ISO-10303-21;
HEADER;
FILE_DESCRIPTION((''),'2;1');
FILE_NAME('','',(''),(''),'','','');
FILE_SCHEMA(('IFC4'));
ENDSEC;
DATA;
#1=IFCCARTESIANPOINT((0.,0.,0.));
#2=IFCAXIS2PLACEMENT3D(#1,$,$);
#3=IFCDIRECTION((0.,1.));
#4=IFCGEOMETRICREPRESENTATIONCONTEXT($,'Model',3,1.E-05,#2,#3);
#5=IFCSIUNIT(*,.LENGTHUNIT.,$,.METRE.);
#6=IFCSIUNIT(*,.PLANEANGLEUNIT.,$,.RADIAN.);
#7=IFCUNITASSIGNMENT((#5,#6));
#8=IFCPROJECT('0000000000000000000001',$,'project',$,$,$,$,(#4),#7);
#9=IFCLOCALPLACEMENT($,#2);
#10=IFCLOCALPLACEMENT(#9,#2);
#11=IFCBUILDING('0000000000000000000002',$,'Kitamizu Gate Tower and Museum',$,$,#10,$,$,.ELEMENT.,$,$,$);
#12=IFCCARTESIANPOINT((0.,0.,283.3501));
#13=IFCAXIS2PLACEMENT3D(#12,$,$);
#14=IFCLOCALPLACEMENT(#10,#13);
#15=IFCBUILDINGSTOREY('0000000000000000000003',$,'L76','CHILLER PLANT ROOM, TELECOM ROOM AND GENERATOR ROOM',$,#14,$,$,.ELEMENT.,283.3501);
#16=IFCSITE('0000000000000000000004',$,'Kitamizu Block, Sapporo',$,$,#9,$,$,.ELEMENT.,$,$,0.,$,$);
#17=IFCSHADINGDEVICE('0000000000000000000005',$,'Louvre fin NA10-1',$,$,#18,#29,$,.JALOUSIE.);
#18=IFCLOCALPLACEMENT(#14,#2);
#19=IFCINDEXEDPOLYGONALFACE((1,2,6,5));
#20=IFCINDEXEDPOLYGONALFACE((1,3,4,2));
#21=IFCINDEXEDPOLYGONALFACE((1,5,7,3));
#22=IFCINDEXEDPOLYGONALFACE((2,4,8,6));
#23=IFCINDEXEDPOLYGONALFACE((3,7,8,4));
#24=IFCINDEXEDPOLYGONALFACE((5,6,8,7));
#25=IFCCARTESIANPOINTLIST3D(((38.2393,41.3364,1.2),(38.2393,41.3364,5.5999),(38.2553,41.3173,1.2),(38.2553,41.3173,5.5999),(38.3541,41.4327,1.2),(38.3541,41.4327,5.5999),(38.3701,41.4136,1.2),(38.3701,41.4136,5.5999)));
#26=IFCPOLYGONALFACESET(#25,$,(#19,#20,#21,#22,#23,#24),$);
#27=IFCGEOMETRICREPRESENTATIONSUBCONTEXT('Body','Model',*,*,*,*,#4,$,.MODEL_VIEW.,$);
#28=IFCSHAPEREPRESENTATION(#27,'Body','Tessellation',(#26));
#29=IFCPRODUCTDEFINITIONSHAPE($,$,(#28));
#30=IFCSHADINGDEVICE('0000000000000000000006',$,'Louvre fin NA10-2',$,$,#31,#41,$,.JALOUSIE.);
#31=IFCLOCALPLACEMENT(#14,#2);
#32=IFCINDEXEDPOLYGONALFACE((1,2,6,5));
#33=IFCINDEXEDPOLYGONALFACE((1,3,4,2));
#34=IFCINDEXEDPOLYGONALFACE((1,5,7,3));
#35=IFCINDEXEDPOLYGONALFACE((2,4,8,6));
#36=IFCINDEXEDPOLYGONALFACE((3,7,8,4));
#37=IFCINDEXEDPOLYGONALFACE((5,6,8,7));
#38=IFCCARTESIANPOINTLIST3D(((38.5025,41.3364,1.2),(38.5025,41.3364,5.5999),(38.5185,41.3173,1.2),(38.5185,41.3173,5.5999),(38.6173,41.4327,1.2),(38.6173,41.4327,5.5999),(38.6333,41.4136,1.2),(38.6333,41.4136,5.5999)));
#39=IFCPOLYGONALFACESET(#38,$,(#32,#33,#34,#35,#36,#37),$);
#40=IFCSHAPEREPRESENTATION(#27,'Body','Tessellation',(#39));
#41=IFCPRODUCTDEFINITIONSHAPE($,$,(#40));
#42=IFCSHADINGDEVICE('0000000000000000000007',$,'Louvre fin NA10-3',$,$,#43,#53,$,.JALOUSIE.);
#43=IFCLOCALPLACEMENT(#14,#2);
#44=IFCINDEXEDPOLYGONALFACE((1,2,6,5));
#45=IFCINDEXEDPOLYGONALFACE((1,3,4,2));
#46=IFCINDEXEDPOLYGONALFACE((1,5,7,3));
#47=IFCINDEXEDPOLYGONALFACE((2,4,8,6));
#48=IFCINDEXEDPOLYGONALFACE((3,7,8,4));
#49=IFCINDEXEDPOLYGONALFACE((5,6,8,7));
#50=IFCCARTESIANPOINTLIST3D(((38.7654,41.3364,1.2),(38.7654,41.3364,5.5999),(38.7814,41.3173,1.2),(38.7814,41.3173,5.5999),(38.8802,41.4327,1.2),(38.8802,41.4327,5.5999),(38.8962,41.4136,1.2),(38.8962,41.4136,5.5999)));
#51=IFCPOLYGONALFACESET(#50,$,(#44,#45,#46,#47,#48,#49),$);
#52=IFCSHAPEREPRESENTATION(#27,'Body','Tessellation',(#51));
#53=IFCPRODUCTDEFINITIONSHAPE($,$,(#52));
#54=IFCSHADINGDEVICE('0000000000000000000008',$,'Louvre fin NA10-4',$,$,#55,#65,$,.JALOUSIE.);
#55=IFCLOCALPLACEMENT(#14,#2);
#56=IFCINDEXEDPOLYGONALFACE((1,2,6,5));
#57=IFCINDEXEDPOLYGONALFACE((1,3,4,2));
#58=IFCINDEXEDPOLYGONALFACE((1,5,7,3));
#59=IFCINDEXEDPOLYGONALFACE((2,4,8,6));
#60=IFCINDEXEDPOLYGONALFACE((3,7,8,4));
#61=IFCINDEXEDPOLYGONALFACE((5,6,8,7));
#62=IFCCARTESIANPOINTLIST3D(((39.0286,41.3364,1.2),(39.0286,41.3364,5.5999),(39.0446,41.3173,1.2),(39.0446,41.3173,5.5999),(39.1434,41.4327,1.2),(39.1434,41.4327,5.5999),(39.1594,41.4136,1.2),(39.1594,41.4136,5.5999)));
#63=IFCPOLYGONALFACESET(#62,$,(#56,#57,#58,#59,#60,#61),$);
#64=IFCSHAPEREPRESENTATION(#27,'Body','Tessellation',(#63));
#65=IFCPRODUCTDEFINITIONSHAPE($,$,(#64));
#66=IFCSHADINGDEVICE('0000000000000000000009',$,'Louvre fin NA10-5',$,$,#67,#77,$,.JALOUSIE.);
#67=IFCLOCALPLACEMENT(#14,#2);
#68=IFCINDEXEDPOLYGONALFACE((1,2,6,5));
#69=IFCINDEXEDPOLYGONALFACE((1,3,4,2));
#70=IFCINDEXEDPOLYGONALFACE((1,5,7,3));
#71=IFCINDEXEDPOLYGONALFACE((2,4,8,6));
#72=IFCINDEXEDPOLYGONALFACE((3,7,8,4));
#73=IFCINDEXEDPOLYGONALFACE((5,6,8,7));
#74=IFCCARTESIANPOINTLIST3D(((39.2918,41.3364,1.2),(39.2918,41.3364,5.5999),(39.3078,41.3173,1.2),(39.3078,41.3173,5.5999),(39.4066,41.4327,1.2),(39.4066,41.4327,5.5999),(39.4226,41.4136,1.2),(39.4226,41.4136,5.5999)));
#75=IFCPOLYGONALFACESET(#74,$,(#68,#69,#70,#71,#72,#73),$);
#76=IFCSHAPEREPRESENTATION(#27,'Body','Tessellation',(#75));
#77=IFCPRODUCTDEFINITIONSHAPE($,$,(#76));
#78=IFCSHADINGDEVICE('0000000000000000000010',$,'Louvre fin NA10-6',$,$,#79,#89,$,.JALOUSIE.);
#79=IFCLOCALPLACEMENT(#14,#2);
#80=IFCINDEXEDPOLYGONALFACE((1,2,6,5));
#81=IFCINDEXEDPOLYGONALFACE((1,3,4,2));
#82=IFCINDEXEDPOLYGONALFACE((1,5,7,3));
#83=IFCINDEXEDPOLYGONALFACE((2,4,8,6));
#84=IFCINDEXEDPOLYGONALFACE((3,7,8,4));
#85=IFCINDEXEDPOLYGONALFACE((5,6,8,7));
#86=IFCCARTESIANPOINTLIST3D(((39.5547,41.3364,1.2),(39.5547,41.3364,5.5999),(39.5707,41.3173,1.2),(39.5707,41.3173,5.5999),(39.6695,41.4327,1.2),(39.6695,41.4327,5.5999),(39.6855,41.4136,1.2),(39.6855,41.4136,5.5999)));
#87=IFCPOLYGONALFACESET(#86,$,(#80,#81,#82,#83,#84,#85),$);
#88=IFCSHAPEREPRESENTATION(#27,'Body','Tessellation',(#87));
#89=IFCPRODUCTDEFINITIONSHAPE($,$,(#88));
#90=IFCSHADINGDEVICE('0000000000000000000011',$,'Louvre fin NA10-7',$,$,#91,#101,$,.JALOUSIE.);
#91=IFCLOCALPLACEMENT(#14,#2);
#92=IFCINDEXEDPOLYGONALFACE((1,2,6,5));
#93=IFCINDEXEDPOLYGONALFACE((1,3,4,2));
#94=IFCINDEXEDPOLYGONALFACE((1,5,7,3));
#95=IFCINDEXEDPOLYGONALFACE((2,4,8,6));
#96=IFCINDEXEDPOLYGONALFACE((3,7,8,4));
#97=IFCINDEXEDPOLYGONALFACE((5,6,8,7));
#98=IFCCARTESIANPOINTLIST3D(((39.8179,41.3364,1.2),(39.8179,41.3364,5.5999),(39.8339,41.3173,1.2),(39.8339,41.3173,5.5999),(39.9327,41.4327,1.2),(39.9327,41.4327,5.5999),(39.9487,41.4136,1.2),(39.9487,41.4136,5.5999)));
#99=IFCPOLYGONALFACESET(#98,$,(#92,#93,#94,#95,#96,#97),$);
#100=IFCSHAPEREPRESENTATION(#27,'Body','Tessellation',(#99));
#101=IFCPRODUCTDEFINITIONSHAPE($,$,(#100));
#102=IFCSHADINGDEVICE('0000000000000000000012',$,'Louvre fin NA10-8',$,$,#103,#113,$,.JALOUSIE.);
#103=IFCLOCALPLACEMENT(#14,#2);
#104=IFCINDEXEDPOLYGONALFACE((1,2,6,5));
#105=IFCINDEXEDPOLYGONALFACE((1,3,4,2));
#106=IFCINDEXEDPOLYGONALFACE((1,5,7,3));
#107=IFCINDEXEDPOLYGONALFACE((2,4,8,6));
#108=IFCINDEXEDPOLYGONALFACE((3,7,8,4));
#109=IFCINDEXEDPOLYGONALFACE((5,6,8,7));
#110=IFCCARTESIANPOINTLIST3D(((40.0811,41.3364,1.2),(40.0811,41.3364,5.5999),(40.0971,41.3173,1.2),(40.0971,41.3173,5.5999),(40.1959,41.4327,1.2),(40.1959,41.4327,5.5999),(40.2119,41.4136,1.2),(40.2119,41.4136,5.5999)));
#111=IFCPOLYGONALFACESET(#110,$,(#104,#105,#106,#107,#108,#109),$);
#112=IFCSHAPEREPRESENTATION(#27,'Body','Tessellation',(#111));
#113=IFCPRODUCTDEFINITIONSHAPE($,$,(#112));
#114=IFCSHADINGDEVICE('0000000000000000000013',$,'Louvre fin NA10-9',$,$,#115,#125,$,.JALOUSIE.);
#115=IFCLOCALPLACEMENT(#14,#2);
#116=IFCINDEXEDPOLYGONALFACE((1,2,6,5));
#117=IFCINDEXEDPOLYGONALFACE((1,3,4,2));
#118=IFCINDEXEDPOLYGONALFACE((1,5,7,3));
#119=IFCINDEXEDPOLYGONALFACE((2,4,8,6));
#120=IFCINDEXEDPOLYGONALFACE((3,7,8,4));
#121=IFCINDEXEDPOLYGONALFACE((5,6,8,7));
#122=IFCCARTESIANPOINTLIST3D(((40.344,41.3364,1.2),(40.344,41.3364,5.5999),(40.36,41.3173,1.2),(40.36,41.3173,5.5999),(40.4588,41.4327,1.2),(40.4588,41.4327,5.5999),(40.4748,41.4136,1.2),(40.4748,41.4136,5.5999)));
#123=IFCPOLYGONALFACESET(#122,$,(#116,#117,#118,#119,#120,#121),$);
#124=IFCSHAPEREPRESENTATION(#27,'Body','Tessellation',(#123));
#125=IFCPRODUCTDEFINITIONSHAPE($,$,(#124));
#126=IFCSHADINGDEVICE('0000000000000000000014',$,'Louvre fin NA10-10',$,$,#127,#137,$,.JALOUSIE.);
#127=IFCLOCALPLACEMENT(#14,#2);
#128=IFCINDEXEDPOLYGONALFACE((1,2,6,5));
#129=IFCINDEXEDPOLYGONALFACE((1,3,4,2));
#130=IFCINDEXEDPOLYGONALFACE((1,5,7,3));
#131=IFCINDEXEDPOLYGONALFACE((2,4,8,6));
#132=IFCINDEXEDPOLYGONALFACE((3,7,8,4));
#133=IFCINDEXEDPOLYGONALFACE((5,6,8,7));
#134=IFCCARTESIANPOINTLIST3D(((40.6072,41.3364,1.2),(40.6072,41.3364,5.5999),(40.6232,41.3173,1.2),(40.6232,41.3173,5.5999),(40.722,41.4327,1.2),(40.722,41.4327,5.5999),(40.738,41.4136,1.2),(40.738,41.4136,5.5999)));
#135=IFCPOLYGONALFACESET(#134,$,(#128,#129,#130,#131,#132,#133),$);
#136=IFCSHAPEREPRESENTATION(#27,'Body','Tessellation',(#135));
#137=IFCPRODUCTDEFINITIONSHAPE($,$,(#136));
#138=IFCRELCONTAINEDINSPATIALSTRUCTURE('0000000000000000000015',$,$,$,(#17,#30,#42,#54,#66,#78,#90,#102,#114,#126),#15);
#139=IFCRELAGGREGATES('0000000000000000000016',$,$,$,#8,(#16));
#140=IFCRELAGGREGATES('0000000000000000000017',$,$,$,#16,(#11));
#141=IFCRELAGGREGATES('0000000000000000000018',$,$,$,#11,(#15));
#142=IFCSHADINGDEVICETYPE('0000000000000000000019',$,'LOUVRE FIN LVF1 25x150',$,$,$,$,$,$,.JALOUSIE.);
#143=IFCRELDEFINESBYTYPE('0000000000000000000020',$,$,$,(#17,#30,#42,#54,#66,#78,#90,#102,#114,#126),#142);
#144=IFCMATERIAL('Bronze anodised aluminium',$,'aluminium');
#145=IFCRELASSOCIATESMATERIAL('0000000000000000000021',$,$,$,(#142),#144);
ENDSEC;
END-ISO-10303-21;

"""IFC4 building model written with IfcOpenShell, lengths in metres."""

from ifc_helpers import new_model, si_unit, direction, frame, origin, origin_2d, place, context, subcontext, project, spatial, rectangle, extrude, material, material_profile, profile_set, type_object, element, save


model = new_model("IFC4")

# Units and contexts
model_context = context("Model", 3, precision=1e-05, world=origin(), true_north=direction((0.0, 1.0)))
body_context = subcontext(model_context, "Body", "Model", "MODEL_VIEW")
ifc_project = project(units=[si_unit("LENGTHUNIT", "METRE"), si_unit("PLANEANGLEUNIT", "RADIAN")], contexts=[model_context])

# Site, building, storey
site_placement = place(None, origin())
site = spatial("IfcSite", under=ifc_project, at=site_placement, Name="Kitamizu Block, Sapporo", CompositionType="ELEMENT", RefElevation=0.0)
building_placement = place(site_placement, origin())
building = spatial("IfcBuilding", under=site, at=building_placement, Name="Kitamizu Gate Tower and Museum", CompositionType="ELEMENT")
storey_placement = place(building_placement, frame((0.0, 0.0, 283.3501)))
storey = spatial("IfcBuildingStorey", under=building, at=storey_placement, Name="L76", Description="CHILLER PLANT ROOM, TELECOM ROOM AND GENERATOR ROOM", CompositionType="ELEMENT", Elevation=283.3501)

# Shading devices
ifc_material_1 = material(Name="Bronze anodised aluminium", Category="aluminium")
ifc_material_profile_1 = material_profile(ifc_material_1, rectangle(XDim=0.1499, YDim=0.0249, at=origin_2d()), Name="AL 25x150")
ifc_profile_set_1 = profile_set([ifc_material_profile_1], Name="Bronze anodised aluminium")
shading_device_type = type_object("IfcShadingDeviceType", Name="LOUVRE FIN LVF1 25x150", PredefinedType="JALOUSIE", material=ifc_profile_set_1)
for number, where, z_axis, x_axis, name in (
    (1, (38.3047, 41.375, 1.2), (0.0, 0.0, 1.0), (0.766044, 0.642788, 0.0), "Louvre fin NA10-1"),
    (2, (38.5679, 41.375, 1.2), (0.0, 0.0, 1.0), (0.766044, 0.642788, 0.0), "Louvre fin NA10-2"),
    (3, (38.8308, 41.375, 1.2), (0.0, 0.0, 1.0), (0.766044, 0.642788, 0.0), "Louvre fin NA10-3"),
    (4, (39.094, 41.375, 1.2), (0.0, 0.0, 1.0), (0.766044, 0.642788, 0.0), "Louvre fin NA10-4"),
    (5, (39.3572, 41.375, 1.2), (0.0, 0.0, 1.0), (0.766044, 0.642788, 0.0), "Louvre fin NA10-5"),
    (6, (39.6201, 41.375, 1.2), (0.0, 0.0, 1.0), (0.766044, 0.642788, 0.0), "Louvre fin NA10-6"),
    (7, (39.8833, 41.375, 1.2), (0.0, 0.0, 1.0), (0.766044, 0.642788, 0.0), "Louvre fin NA10-7"),
    (8, (40.1465, 41.375, 1.2), (0.0, 0.0, 1.0), (0.766044, 0.642788, 0.0), "Louvre fin NA10-8"),
    (9, (40.4094, 41.375, 1.2), (0.0, 0.0, 1.0), (0.766044, 0.642788, 0.0), "Louvre fin NA10-9"),
    (10, (40.6726, 41.375, 1.2), (0.0, 0.0, 1.0), (0.766044, 0.642788, 0.0), "Louvre fin NA10-10"),
):
    element("IfcShadingDevice", number, at=place(storey_placement, frame(where, z_axis=z_axis, x_axis=x_axis)), inside=storey, type_object=shading_device_type, Name=name, PredefinedType="JALOUSIE", context=body_context, shape_type="SweptSolid", body=[
        extrude(rectangle(XDim=0.1499, YDim=0.0249, at=origin_2d()), origin(), (0.0, 0.0, 1.0), 4.3999),
    ])

save(model, "model.ifc")
